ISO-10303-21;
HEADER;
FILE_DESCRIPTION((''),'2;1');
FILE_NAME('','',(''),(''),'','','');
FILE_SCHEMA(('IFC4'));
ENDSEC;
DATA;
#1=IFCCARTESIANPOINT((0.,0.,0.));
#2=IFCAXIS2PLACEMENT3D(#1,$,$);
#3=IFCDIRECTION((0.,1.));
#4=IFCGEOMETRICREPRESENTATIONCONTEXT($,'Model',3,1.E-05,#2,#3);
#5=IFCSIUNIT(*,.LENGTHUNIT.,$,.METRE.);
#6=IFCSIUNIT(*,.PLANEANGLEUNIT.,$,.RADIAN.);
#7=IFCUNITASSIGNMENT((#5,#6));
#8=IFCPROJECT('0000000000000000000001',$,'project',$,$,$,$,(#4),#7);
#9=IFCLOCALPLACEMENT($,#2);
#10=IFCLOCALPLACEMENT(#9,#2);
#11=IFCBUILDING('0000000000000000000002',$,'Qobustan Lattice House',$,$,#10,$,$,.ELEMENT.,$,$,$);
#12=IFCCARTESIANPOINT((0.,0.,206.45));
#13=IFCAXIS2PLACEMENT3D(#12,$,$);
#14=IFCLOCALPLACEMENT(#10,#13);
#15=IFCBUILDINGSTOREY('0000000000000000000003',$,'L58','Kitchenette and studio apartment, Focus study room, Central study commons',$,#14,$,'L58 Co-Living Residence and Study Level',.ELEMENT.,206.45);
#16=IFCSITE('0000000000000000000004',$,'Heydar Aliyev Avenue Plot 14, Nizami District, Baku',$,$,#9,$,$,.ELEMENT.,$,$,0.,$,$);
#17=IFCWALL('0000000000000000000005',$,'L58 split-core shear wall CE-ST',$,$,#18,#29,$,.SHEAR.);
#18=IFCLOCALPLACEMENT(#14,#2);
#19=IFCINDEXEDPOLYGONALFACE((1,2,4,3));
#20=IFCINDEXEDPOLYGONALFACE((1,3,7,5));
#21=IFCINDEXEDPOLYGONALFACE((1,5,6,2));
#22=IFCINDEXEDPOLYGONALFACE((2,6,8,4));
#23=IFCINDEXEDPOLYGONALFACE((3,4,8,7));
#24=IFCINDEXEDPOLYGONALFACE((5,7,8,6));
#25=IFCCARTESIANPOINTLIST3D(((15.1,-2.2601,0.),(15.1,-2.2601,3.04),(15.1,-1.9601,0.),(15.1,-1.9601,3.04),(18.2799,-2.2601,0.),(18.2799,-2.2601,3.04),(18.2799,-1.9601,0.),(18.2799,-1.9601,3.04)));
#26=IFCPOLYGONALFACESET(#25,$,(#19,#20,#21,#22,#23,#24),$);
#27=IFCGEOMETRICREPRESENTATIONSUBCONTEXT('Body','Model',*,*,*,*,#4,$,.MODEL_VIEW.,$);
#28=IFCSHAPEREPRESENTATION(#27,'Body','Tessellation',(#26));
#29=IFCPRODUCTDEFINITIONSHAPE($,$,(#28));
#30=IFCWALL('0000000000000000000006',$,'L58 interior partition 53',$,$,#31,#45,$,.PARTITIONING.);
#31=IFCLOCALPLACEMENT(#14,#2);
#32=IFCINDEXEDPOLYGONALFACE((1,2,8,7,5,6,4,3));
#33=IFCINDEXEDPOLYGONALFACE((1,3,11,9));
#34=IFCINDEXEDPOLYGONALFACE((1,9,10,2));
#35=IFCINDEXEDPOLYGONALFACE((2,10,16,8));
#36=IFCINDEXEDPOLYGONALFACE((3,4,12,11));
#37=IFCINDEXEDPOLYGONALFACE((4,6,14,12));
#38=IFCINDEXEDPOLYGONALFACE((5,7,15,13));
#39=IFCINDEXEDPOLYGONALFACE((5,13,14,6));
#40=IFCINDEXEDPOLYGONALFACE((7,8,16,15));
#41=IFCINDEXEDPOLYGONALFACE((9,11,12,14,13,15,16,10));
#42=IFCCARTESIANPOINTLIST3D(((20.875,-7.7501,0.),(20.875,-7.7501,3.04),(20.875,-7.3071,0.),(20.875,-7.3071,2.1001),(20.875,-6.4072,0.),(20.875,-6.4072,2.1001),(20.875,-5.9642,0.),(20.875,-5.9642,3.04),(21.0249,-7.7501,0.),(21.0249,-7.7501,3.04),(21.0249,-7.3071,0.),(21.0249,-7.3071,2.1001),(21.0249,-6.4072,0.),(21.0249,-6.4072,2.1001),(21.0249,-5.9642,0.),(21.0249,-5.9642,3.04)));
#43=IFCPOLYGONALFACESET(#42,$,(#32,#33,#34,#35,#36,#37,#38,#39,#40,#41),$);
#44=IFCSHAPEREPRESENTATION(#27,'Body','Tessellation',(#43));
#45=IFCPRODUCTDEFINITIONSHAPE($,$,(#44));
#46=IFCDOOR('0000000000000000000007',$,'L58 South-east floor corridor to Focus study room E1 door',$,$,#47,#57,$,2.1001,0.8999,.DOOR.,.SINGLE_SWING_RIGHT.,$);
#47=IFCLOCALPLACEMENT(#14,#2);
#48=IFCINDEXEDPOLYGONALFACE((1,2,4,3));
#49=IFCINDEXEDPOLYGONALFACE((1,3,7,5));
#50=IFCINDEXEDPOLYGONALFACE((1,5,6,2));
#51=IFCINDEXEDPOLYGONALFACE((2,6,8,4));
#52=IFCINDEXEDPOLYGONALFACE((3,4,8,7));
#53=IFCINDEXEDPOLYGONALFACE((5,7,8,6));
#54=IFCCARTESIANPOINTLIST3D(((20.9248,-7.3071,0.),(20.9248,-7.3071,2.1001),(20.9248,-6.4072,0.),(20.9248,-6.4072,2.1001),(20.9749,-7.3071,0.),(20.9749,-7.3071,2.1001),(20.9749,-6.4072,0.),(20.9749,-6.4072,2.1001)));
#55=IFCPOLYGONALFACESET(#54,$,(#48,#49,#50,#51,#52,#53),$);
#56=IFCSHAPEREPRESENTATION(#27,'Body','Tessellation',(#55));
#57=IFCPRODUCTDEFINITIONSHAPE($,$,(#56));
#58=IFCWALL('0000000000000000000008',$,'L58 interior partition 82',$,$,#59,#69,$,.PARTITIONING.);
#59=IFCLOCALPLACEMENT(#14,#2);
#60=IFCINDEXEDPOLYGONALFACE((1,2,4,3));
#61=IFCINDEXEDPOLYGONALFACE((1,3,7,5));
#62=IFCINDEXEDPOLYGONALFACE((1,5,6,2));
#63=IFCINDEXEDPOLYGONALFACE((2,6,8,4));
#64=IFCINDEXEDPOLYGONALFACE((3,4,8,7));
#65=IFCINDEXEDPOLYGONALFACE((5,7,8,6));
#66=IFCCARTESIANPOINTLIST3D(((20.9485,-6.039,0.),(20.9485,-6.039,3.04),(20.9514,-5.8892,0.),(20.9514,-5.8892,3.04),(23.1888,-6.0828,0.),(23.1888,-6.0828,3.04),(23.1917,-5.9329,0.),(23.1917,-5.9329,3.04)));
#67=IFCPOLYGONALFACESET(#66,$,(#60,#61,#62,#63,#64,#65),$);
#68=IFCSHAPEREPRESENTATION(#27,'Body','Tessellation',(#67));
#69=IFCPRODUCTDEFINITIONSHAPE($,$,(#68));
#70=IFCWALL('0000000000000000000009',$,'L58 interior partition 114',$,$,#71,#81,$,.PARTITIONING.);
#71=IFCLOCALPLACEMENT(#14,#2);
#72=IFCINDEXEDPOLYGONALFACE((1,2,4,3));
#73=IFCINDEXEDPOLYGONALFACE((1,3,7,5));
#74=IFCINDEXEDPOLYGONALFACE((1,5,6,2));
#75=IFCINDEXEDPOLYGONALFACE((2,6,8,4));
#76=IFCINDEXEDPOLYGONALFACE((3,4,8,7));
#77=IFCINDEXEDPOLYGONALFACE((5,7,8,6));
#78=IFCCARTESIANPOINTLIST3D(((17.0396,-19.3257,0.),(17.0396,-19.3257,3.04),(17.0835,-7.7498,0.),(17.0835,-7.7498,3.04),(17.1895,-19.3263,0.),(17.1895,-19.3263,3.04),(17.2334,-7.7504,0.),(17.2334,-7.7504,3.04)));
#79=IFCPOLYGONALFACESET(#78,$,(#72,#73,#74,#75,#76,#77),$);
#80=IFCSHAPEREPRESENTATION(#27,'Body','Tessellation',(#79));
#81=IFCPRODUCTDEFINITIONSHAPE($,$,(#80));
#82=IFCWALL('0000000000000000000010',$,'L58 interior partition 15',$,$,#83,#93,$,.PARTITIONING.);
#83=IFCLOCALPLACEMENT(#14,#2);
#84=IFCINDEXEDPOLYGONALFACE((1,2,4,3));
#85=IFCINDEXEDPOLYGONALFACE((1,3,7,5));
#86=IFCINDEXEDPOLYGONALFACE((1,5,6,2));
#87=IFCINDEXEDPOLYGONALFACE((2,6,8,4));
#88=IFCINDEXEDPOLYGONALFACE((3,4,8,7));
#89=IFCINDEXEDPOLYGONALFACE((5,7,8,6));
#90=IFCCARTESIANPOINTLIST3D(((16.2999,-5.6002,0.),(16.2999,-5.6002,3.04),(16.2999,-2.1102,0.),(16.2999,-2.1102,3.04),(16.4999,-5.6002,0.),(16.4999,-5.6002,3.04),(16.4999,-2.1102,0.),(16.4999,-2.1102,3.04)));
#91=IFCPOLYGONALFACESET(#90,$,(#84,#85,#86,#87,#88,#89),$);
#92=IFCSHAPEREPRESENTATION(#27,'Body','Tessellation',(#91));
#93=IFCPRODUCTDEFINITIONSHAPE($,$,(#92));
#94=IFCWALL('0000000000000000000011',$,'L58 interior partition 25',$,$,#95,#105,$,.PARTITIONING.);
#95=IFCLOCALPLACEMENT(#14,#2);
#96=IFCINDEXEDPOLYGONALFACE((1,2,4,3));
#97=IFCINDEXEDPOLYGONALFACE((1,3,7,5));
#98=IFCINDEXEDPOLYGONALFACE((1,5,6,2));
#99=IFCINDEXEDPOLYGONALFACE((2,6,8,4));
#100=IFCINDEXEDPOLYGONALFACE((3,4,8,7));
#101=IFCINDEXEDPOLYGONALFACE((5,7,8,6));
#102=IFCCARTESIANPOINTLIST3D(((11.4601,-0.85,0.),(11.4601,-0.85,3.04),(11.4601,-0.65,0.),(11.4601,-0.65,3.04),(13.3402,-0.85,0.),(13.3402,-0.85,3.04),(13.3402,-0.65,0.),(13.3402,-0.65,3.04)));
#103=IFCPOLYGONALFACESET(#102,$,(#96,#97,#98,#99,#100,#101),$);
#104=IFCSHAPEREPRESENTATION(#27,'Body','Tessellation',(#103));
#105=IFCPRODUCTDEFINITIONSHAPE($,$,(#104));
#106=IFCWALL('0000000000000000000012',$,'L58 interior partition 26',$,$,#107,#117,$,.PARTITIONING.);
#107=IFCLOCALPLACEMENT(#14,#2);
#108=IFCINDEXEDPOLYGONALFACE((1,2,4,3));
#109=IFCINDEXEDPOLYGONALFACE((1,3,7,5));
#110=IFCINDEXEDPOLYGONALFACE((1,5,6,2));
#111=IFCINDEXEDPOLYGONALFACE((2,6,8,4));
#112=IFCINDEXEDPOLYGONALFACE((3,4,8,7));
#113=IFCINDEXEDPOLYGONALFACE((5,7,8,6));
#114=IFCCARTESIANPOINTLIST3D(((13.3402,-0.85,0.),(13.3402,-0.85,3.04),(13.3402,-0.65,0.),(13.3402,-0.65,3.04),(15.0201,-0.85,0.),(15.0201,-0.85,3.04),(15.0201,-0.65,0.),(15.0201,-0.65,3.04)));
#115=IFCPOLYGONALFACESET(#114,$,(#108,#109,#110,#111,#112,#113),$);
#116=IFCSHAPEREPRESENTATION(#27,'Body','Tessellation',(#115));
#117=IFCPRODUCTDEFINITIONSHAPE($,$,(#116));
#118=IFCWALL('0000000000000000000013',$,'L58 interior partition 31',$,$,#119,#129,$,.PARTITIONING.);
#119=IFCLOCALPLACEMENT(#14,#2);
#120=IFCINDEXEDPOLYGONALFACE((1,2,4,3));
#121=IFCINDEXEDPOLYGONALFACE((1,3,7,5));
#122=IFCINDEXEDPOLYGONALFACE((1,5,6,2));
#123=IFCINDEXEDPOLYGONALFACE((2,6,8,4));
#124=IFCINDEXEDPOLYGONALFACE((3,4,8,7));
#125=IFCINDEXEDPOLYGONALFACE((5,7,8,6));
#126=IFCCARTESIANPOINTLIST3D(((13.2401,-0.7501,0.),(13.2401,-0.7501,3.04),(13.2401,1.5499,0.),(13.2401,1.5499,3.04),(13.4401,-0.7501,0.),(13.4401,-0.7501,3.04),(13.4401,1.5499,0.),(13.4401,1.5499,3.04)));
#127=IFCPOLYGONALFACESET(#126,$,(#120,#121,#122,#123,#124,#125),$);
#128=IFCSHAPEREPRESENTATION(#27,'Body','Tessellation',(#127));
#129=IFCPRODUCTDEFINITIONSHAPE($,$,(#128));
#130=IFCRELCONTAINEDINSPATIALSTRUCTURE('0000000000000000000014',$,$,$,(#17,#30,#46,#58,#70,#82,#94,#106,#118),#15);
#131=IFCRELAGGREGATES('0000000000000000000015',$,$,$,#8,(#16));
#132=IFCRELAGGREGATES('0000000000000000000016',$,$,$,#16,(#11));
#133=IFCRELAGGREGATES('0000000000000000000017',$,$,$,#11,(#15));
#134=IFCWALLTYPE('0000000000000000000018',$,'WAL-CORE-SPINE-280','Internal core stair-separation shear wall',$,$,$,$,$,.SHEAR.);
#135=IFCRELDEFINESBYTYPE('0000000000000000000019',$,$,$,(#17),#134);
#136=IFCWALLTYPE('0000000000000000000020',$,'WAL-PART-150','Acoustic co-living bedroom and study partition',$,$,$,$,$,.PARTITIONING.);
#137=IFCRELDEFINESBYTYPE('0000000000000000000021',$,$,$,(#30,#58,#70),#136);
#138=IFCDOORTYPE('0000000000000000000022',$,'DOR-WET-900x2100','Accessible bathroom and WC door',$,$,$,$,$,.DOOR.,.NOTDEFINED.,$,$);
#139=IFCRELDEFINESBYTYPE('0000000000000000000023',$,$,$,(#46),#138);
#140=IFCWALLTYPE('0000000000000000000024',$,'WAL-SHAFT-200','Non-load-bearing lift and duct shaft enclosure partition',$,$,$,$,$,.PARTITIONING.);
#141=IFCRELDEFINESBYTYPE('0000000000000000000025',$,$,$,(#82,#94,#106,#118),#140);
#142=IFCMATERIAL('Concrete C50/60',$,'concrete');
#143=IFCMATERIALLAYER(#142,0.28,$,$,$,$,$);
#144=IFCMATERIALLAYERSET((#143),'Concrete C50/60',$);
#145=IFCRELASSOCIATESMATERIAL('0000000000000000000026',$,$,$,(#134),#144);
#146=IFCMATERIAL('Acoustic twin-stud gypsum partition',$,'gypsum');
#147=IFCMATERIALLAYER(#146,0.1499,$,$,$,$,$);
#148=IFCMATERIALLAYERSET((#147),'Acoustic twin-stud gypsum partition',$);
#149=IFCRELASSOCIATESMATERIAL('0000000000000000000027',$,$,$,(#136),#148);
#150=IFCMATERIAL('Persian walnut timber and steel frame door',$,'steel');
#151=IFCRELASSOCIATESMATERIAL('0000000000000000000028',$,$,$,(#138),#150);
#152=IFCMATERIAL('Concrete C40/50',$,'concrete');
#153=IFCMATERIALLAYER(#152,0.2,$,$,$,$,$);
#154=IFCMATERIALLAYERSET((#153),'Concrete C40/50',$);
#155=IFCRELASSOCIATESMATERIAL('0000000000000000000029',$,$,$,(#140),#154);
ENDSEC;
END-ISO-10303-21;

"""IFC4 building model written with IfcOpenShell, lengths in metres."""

from ifc_helpers import new_model, si_unit, direction, frame, frame_2d, origin, place, context, subcontext, project, spatial, rectangle, extrude, material, layer, layer_set, type_object, element, fill, save


model = new_model("IFC4")

# Units and contexts
model_context = context("Model", 3, precision=1e-05, world=origin(), true_north=direction((0.0, 1.0)))
body_context = subcontext(model_context, "Body", "Model", "MODEL_VIEW")
ifc_project = project(units=[si_unit("LENGTHUNIT", "METRE"), si_unit("PLANEANGLEUNIT", "RADIAN")], contexts=[model_context])

# Site, building, storey
site_placement = place(None, origin())
site = spatial("IfcSite", under=ifc_project, at=site_placement, Name="Heydar Aliyev Avenue Plot 14, Nizami District, Baku", CompositionType="ELEMENT", RefElevation=0.0)
building_placement = place(site_placement, origin())
building = spatial("IfcBuilding", under=site, at=building_placement, Name="Qobustan Lattice House", CompositionType="ELEMENT")
storey_placement = place(building_placement, frame((0.0, 0.0, 206.45)))
storey = spatial("IfcBuildingStorey", under=building, at=storey_placement, Name="L58", Description="Kitchenette and studio apartment, Focus study room, Central study commons", LongName="L58 Co-Living Residence and Study Level", CompositionType="ELEMENT", Elevation=206.45)

# Wall
ifc_material_1 = material(Name="Concrete C50/60", Category="concrete")
ifc_layer_1 = layer(ifc_material_1, 0.28)
ifc_layer_set_1 = layer_set([ifc_layer_1], Name="Concrete C50/60")
wall_type_1 = type_object("IfcWallType", Name="WAL-CORE-SPINE-280", Description="Internal core stair-separation shear wall", PredefinedType="SHEAR", material=ifc_layer_set_1)
wall_1_placement = place(storey_placement, frame((15.1001, -2.1101, 0.0), z_axis=(0.0, 0.0, 1.0), x_axis=(1.0, 0.0, 0.0)))
element("IfcWall", 1, at=wall_1_placement, inside=storey, type_object=wall_type_1, Name="L58 split-core shear wall CE-ST", PredefinedType="SHEAR", context=body_context, shape_type="SweptSolid", body=[
    extrude(rectangle(XDim=3.1799, YDim=0.3, at=frame_2d((1.5898, 0.0))), origin(), (0.0, 0.0, 1.0), 3.04),
])

# Wall, opening, door
ifc_material_2 = material(Name="Acoustic twin-stud gypsum partition", Category="gypsum")
ifc_layer_2 = layer(ifc_material_2, 0.1499)
ifc_layer_set_2 = layer_set([ifc_layer_2], Name="Acoustic twin-stud gypsum partition")
wall_type_2 = type_object("IfcWallType", Name="WAL-PART-150", Description="Acoustic co-living bedroom and study partition", PredefinedType="PARTITIONING", material=ifc_layer_set_2)
wall_2_placement = place(storey_placement, frame((20.95, -5.9641, 0.0), z_axis=(0.0, 0.0, 1.0), x_axis=(0.0, -1.0, 0.0)))
wall_2 = element("IfcWall", 2, at=wall_2_placement, inside=storey, type_object=wall_type_2, Name="L58 interior partition 53", PredefinedType="PARTITIONING", context=body_context, shape_type="SweptSolid", body=[
    extrude(rectangle(XDim=1.7859, YDim=0.1499, at=frame_2d((0.8931, 0.0))), origin(), (0.0, 0.0, 1.0), 3.04),
])
opening_1_placement = place(wall_2_placement, frame((0.4431, 0.0, 0.0)))
opening_1 = element("IfcOpeningElement", 3, at=opening_1_placement, cuts=wall_2, PredefinedType="OPENING", context=body_context, shape_type="SweptSolid", body=[
    extrude(rectangle(XDim=0.8999, YDim=2.1001, at=frame_2d((0.45, 1.05))), frame((0.0, 0.085, 0.0), z_axis=(0.0, -1.0, 0.0), x_axis=(1.0, 0.0, 0.0)), (0.0, 0.0, 1.0), 0.1699),
])
ifc_material_3 = material(Name="Persian walnut timber and steel frame door", Category="steel")
door_type_1 = type_object("IfcDoorType", Name="DOR-WET-900x2100", Description="Accessible bathroom and WC door", OperationType="NOTDEFINED", PredefinedType="DOOR", material=ifc_material_3)
door_1_placement = place(opening_1_placement, origin())
door_1 = element("IfcDoor", 4, at=door_1_placement, inside=storey, type_object=door_type_1, Name="L58 South-east floor corridor to Focus study room E1 door", OperationType="SINGLE_SWING_RIGHT", OverallHeight=2.1001, OverallWidth=0.8999, PredefinedType="DOOR", context=body_context, shape_type="SweptSolid", body=[
    extrude(rectangle(XDim=0.8999, YDim=2.1001, at=frame_2d((0.45, 1.05))), frame((0.0, 0.0249, 0.0), z_axis=(0.0, -1.0, 0.0), x_axis=(1.0, 0.0, 0.0)), (0.0, 0.0, 1.0), 0.05),
])
fill(opening_1, door_1)

# Walls
wall_3_placement = place(storey_placement, frame((20.95, -5.9641, 0.0), z_axis=(0.0, 0.0, 1.0), x_axis=(0.99981, -0.019504, 0.0)))
element("IfcWall", 5, at=wall_3_placement, inside=storey, type_object=wall_type_2, Name="L58 interior partition 82", PredefinedType="PARTITIONING", context=body_context, shape_type="SweptSolid", body=[
    extrude(rectangle(XDim=2.2407, YDim=0.1499, at=frame_2d((1.1204, 0.0))), origin(), (0.0, 0.0, 1.0), 3.04),
])
wall_4_placement = place(storey_placement, frame((17.1584, -7.75, 0.0), z_axis=(0.0, 0.0, 1.0), x_axis=(-0.003796, -0.999993, 0.0)))
element("IfcWall", 6, at=wall_4_placement, inside=storey, type_object=wall_type_2, Name="L58 interior partition 114", PredefinedType="PARTITIONING", context=body_context, shape_type="SweptSolid", body=[
    extrude(rectangle(XDim=11.5759, YDim=0.1499, at=frame_2d((5.7881, 0.0))), origin(), (0.0, 0.0, 1.0), 3.04),
])
ifc_material_4 = material(Name="Concrete C40/50", Category="concrete")
ifc_layer_3 = layer(ifc_material_4, 0.2)
ifc_layer_set_3 = layer_set([ifc_layer_3], Name="Concrete C40/50")
wall_type_3 = type_object("IfcWallType", Name="WAL-SHAFT-200", Description="Non-load-bearing lift and duct shaft enclosure partition", PredefinedType="PARTITIONING", material=ifc_layer_set_3)
wall_5_placement = place(storey_placement, frame((16.3999, -2.1101, 0.0), z_axis=(0.0, 0.0, 1.0), x_axis=(0.0, -1.0, 0.0)))
element("IfcWall", 7, at=wall_5_placement, inside=storey, type_object=wall_type_3, Name="L58 interior partition 15", PredefinedType="PARTITIONING", context=body_context, shape_type="SweptSolid", body=[
    extrude(rectangle(XDim=3.49, YDim=0.2, at=frame_2d((1.7451, 0.0))), origin(), (0.0, 0.0, 1.0), 3.04),
])
wall_6_placement = place(storey_placement, frame((13.3401, -0.75, 0.0), z_axis=(0.0, 0.0, 1.0), x_axis=(-1.0, 0.0, 0.0)))
element("IfcWall", 8, at=wall_6_placement, inside=storey, type_object=wall_type_3, Name="L58 interior partition 25", PredefinedType="PARTITIONING", context=body_context, shape_type="SweptSolid", body=[
    extrude(rectangle(XDim=1.8801, YDim=0.2, at=frame_2d((0.9399, 0.0))), origin(), (0.0, 0.0, 1.0), 3.04),
])
wall_7_placement = place(storey_placement, frame((15.02, -0.75, 0.0), z_axis=(0.0, 0.0, 1.0), x_axis=(-1.0, 0.0, 0.0)))
element("IfcWall", 9, at=wall_7_placement, inside=storey, type_object=wall_type_3, Name="L58 interior partition 26", PredefinedType="PARTITIONING", context=body_context, shape_type="SweptSolid", body=[
    extrude(rectangle(XDim=1.6799, YDim=0.2, at=frame_2d((0.8398, 0.0))), origin(), (0.0, 0.0, 1.0), 3.04),
])
wall_8_placement = place(storey_placement, frame((13.3401, -0.75, 0.0), z_axis=(0.0, 0.0, 1.0), x_axis=(0.0, 1.0, 0.0)))
element("IfcWall", 10, at=wall_8_placement, inside=storey, type_object=wall_type_3, Name="L58 interior partition 31", PredefinedType="PARTITIONING", context=body_context, shape_type="SweptSolid", body=[
    extrude(rectangle(XDim=2.3, YDim=0.2, at=frame_2d((1.1499, 0.0))), origin(), (0.0, 0.0, 1.0), 3.04),
])

save(model, "model.ifc")
